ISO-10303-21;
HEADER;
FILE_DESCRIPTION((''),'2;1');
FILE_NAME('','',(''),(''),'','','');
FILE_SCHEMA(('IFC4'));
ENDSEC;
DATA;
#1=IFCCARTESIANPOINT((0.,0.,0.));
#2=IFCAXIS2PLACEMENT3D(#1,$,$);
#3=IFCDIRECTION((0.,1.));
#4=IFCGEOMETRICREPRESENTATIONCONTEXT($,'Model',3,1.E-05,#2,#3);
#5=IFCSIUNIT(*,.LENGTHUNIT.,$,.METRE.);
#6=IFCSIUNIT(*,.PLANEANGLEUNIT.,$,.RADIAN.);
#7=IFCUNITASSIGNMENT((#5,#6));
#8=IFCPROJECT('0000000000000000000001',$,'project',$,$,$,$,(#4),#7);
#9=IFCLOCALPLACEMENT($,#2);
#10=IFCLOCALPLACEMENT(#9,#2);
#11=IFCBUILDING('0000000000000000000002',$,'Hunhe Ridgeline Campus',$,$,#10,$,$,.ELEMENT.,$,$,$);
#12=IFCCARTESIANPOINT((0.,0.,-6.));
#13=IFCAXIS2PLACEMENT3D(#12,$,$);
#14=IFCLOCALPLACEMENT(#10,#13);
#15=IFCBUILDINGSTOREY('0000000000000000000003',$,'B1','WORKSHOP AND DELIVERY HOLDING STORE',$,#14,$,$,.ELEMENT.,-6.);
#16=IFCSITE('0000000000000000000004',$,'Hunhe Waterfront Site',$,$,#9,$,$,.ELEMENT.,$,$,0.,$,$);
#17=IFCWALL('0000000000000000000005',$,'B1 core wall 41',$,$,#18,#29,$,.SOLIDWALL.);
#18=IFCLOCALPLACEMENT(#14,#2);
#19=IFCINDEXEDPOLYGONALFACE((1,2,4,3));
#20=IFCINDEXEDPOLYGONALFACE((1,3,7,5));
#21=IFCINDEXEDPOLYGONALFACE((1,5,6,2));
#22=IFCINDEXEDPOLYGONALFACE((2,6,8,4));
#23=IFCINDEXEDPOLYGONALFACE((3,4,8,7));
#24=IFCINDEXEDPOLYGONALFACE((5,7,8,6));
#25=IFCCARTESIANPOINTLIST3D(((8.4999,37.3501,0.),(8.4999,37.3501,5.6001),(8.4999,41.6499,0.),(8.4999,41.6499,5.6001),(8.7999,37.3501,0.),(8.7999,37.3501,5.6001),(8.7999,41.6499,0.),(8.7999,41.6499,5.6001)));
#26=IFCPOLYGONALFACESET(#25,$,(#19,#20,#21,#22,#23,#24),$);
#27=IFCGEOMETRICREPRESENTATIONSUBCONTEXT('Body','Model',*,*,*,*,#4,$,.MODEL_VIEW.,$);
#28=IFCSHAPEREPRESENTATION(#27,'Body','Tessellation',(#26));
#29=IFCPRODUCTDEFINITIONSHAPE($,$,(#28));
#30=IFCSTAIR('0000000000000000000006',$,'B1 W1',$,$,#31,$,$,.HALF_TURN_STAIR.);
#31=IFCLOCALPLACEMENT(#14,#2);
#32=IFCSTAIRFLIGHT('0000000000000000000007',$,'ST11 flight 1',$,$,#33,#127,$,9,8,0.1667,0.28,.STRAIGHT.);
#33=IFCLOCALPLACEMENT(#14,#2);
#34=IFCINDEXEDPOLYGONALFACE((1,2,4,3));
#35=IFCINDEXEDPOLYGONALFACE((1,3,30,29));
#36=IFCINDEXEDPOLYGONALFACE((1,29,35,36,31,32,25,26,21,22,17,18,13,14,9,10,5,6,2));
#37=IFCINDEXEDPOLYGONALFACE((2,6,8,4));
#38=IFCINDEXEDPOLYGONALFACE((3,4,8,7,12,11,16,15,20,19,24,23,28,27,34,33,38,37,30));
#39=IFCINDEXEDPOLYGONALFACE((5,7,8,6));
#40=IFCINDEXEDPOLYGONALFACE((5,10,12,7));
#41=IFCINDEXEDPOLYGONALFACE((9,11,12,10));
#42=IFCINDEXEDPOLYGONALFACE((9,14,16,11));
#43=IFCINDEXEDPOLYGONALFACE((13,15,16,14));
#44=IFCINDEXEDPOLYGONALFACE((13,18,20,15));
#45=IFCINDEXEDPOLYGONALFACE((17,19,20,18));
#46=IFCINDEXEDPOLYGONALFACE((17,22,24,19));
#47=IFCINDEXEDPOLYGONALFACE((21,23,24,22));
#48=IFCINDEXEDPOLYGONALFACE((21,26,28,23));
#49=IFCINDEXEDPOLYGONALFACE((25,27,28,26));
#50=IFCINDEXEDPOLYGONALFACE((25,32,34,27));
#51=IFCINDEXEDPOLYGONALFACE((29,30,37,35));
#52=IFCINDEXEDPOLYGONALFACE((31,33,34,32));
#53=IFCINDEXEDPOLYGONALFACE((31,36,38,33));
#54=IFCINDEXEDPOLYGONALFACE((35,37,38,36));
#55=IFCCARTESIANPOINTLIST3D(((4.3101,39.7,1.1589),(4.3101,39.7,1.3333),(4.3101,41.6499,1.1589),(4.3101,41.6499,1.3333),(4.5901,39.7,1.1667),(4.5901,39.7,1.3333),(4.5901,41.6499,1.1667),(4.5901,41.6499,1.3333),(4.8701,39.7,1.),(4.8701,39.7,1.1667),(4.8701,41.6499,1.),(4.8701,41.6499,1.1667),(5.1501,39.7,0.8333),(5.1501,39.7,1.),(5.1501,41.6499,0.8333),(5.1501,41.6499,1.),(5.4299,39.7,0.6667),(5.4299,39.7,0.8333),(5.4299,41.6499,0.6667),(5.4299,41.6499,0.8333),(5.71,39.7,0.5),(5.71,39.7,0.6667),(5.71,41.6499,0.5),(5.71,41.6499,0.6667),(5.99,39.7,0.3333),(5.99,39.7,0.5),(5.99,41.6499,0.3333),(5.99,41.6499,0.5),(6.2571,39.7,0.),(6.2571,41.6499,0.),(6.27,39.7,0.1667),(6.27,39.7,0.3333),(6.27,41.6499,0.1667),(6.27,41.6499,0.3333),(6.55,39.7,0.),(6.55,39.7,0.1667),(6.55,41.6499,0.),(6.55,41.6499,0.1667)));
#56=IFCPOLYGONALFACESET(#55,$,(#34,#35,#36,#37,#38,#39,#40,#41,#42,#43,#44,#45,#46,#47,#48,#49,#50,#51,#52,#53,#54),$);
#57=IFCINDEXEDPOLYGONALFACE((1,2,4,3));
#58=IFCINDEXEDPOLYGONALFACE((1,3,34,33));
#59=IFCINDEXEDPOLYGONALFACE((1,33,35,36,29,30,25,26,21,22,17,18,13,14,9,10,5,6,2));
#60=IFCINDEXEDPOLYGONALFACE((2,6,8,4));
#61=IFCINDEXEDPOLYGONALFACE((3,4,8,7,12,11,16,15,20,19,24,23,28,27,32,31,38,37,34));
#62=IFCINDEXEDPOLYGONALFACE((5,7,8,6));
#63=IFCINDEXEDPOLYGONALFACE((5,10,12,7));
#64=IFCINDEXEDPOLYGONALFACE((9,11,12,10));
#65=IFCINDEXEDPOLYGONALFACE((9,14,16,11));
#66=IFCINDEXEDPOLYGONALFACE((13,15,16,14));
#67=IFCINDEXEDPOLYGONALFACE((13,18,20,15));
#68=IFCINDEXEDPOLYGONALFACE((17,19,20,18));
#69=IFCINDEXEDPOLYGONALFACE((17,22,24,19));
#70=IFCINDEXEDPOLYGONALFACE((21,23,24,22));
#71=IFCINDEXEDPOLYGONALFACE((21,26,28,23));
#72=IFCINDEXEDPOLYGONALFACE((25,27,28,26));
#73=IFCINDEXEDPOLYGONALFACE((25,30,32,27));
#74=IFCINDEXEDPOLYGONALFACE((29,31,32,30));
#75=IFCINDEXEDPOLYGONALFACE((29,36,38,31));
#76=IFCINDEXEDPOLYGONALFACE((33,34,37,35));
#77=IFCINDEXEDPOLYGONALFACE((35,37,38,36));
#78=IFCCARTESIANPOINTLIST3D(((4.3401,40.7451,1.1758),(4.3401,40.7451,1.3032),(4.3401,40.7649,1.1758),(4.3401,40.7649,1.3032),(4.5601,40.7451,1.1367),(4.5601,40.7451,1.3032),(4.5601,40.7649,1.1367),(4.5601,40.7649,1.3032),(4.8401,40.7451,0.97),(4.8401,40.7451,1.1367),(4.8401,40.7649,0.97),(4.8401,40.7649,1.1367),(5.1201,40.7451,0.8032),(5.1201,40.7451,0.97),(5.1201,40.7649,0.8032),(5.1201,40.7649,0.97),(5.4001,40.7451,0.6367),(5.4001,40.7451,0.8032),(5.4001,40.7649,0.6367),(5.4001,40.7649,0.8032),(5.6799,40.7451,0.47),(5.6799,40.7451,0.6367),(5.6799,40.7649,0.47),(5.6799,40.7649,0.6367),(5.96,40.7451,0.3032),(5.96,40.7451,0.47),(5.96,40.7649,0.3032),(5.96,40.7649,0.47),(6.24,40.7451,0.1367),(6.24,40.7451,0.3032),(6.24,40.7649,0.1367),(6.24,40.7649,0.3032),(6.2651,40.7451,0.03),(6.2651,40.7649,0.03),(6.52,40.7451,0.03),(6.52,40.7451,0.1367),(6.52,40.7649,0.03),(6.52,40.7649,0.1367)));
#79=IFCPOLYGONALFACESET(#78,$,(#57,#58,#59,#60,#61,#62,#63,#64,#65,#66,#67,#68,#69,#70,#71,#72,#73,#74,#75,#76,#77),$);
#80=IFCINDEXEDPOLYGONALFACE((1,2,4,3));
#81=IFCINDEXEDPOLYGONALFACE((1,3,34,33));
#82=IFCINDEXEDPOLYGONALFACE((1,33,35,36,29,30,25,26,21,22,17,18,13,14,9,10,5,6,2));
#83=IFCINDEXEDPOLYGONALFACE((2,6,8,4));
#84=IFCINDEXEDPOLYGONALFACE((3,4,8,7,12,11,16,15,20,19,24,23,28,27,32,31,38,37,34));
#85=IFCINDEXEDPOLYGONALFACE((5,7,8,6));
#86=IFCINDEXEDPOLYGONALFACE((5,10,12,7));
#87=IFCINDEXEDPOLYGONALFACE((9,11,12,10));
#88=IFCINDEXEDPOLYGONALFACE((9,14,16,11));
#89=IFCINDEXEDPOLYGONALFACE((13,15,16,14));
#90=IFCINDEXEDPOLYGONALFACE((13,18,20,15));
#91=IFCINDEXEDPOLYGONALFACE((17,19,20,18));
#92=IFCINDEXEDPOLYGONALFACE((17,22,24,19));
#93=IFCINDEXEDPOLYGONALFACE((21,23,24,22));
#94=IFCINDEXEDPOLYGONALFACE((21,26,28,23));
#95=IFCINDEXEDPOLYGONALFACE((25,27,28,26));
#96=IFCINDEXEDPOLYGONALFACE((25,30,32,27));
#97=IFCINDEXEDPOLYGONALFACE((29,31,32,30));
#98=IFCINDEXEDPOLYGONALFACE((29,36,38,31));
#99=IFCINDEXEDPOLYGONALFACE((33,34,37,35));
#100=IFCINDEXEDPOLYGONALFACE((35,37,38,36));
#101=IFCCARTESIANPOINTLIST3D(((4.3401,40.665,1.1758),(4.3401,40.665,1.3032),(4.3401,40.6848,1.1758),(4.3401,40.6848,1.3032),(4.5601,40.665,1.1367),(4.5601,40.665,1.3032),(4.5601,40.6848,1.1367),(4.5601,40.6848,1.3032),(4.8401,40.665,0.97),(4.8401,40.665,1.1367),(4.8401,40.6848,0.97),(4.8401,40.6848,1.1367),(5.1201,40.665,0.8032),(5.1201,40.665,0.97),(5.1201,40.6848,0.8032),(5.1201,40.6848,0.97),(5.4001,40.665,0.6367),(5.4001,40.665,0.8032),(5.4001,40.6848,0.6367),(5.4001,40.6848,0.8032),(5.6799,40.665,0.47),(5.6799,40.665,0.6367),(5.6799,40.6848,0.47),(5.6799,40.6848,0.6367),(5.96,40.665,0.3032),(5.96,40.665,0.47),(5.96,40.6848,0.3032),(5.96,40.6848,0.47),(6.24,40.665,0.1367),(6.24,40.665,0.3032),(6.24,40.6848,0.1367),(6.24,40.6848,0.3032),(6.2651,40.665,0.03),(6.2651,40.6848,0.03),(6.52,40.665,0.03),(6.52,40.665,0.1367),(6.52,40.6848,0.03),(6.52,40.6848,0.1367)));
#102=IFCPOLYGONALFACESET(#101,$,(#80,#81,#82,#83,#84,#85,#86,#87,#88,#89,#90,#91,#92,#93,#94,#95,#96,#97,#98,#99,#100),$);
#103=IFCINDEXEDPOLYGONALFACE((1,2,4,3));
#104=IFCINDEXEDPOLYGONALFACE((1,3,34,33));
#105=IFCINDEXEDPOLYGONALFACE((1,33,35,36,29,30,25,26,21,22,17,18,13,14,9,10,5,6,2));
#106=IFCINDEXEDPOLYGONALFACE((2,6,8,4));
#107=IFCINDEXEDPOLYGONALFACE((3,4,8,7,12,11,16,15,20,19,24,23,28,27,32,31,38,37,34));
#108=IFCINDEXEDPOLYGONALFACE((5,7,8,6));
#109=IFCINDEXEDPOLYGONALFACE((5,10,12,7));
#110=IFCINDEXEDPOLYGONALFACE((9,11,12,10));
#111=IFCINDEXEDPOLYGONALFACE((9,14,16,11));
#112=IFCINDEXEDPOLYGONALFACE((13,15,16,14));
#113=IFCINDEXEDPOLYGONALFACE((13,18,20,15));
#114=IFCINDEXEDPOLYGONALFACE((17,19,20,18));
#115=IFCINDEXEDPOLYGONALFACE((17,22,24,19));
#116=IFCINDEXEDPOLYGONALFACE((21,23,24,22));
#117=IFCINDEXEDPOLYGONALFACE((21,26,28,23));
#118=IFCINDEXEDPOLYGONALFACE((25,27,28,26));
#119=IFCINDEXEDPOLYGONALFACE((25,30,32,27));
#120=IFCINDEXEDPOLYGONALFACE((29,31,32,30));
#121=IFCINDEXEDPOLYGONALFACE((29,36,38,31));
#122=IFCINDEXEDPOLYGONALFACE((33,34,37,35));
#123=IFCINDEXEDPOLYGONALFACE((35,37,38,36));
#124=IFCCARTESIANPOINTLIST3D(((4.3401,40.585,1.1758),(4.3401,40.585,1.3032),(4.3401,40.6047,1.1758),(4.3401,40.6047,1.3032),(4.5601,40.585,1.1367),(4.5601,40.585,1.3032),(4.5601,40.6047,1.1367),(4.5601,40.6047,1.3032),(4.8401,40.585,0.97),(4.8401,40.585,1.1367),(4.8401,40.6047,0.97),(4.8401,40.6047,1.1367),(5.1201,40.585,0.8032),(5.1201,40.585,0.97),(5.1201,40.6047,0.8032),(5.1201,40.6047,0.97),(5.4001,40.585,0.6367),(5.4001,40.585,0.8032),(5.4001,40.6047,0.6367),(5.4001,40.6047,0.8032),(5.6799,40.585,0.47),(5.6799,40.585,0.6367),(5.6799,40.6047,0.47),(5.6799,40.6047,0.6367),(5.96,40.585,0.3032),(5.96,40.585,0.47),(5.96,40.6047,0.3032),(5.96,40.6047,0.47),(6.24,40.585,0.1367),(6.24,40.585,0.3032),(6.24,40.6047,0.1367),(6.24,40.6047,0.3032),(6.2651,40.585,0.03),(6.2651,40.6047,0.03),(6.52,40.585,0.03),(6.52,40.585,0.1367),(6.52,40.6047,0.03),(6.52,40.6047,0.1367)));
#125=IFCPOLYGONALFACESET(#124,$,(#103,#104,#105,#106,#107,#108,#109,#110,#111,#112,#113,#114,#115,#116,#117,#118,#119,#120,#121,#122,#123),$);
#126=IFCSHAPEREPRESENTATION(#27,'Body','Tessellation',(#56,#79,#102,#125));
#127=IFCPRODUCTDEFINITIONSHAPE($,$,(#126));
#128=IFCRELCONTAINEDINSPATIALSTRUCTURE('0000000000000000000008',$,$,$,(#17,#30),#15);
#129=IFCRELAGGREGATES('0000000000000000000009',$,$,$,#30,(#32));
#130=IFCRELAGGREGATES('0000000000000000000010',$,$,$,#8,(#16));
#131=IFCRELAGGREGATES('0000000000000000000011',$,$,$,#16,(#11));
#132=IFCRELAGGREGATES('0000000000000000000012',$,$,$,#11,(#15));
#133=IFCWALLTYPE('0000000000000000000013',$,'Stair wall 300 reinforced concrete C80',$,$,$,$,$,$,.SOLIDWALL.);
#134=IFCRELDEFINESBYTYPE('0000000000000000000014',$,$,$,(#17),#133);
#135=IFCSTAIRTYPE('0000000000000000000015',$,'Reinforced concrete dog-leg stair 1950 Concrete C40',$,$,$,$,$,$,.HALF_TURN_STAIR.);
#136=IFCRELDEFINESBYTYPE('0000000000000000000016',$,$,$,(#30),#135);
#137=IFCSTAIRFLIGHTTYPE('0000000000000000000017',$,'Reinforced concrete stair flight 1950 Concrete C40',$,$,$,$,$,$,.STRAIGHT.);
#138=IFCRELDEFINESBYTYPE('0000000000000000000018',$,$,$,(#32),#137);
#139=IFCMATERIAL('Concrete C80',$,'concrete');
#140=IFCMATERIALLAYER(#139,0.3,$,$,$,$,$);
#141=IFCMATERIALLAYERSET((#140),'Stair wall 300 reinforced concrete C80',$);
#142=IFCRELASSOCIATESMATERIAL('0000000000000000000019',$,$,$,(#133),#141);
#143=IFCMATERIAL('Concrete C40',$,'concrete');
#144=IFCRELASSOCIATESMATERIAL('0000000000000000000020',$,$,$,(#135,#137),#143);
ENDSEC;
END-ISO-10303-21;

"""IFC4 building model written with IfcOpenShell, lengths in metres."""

from ifc_helpers import new_model, si_unit, direction, frame, frame_2d, origin, place, context, subcontext, project, spatial, polyline, rectangle, outline, extrude, material, layer, layer_set, type_object, element, aggregate, save


model = new_model("IFC4")

# Units and contexts
model_context = context("Model", 3, precision=1e-05, world=origin(), true_north=direction((0.0, 1.0)))
body_context = subcontext(model_context, "Body", "Model", "MODEL_VIEW")
ifc_project = project(units=[si_unit("LENGTHUNIT", "METRE"), si_unit("PLANEANGLEUNIT", "RADIAN")], contexts=[model_context])

# Site, building, storey
site_placement = place(None, origin())
site = spatial("IfcSite", under=ifc_project, at=site_placement, Name="Hunhe Waterfront Site", CompositionType="ELEMENT", RefElevation=0.0)
building_placement = place(site_placement, origin())
building = spatial("IfcBuilding", under=site, at=building_placement, Name="Hunhe Ridgeline Campus", CompositionType="ELEMENT")
storey_placement = place(building_placement, frame((0.0, 0.0, -6.0)))
storey = spatial("IfcBuildingStorey", under=building, at=storey_placement, Name="B1", Description="WORKSHOP AND DELIVERY HOLDING STORE", CompositionType="ELEMENT", Elevation=-6.0)

# Shared definitions
ifc_material_1 = material(Name="Concrete C80", Category="concrete")

# Shared definitions
ifc_layer_1 = layer(ifc_material_1, 0.3)
ifc_layer_set_1 = layer_set([ifc_layer_1], Name="Stair wall 300 reinforced concrete C80")
wall_type_1 = type_object("IfcWallType", Name="Stair wall 300 reinforced concrete C80", PredefinedType="SOLIDWALL", material=ifc_layer_set_1)

# Wall
wall_1_placement = place(storey_placement, frame((8.6499, 37.3501, 0.0), z_axis=(0.0, 0.0, 1.0), x_axis=(0.0, 1.0, 0.0)))
element("IfcWall", 1, at=wall_1_placement, inside=storey, type_object=wall_type_1, Name="B1 core wall 41", PredefinedType="SOLIDWALL", context=body_context, shape_type="SweptSolid", body=[
    extrude(rectangle(XDim=4.2998, YDim=0.3, at=frame_2d((2.1499, 0.0))), origin(), (0.0, 0.0, 1.0), 5.6001),
])

# Stair, stair flight
ifc_material_2 = material(Name="Concrete C40", Category="concrete")
stair_type = type_object("IfcStairType", Name="Reinforced concrete dog-leg stair 1950 Concrete C40", PredefinedType="HALF_TURN_STAIR", material=ifc_material_2)
stair_placement = place(storey_placement, origin())
stair = element("IfcStair", 2, at=stair_placement, inside=storey, type_object=stair_type, Name="B1 W1", PredefinedType="HALF_TURN_STAIR")
stair_flight_type = type_object("IfcStairFlightType", Name="Reinforced concrete stair flight 1950 Concrete C40", PredefinedType="STRAIGHT", material=ifc_material_2)
stair_flight_1_placement = place(storey_placement, frame((6.55, 40.675, 0.0), z_axis=(0.0, 0.0, 1.0), x_axis=(-1.0, 0.0, 0.0)))
stair_flight_1 = element("IfcStairFlight", 3, at=stair_flight_1_placement, type_object=stair_flight_type, Name="ST11 flight 1", NumberOfRisers=9, NumberOfTreads=8, PredefinedType="STRAIGHT", RiserHeight=0.1667, TreadLength=0.28, context=body_context, shape_type="SweptSolid", body=[
    extrude(outline(polyline([(0.0, 0.0), (0.0, 0.1667), (0.28, 0.1667), (0.28, 0.3333), (0.5601, 0.3333), (0.5601, 0.5), (0.8401, 0.5), (0.8401, 0.6667), (1.1201, 0.6667), (1.1201, 0.8333), (1.3999, 0.8333), (1.3999, 1.0), (1.6799, 1.0), (1.6799, 1.1667), (1.96, 1.1667), (1.96, 1.3333), (2.24, 1.3333), (2.24, 1.5), (2.24, 1.1589), (0.293, 0.0), (0.0, 0.0)])), frame((0.0, 0.9751, 0.0), z_axis=(0.0, -1.0, 0.0), x_axis=(1.0, 0.0, 0.0)), (0.0, 0.0, 1.0), 1.95),
    extrude(outline(polyline([(0.03, 0.03), (0.03, 0.1367), (0.3101, 0.1367), (0.3101, 0.3032), (0.5901, 0.3032), (0.5901, 0.47), (0.8701, 0.47), (0.8701, 0.6367), (1.1499, 0.6367), (1.1499, 0.8032), (1.4299, 0.8032), (1.4299, 0.97), (1.71, 0.97), (1.71, 1.1367), (1.99, 1.1367), (1.99, 1.3032), (2.21, 1.3032), (2.21, 1.1758), (0.2849, 0.03), (0.03, 0.03)])), frame((0.0, -0.0701, 0.0), z_axis=(0.0, -1.0, 0.0), x_axis=(1.0, 0.0, 0.0)), (0.0, 0.0, 1.0), 0.0198),
    extrude(outline(polyline([(0.03, 0.03), (0.03, 0.1367), (0.3101, 0.1367), (0.3101, 0.3032), (0.5901, 0.3032), (0.5901, 0.47), (0.8701, 0.47), (0.8701, 0.6367), (1.1499, 0.6367), (1.1499, 0.8032), (1.4299, 0.8032), (1.4299, 0.97), (1.71, 0.97), (1.71, 1.1367), (1.99, 1.1367), (1.99, 1.3032), (2.21, 1.3032), (2.21, 1.1758), (0.2849, 0.03), (0.03, 0.03)])), frame((0.0, 0.01, 0.0), z_axis=(0.0, -1.0, 0.0), x_axis=(1.0, 0.0, 0.0)), (0.0, 0.0, 1.0), 0.0198),
    extrude(outline(polyline([(0.03, 0.03), (0.03, 0.1367), (0.3101, 0.1367), (0.3101, 0.3032), (0.5901, 0.3032), (0.5901, 0.47), (0.8701, 0.47), (0.8701, 0.6367), (1.1499, 0.6367), (1.1499, 0.8032), (1.4299, 0.8032), (1.4299, 0.97), (1.71, 0.97), (1.71, 1.1367), (1.99, 1.1367), (1.99, 1.3032), (2.21, 1.3032), (2.21, 1.1758), (0.2849, 0.03), (0.03, 0.03)])), frame((0.0, 0.0901, 0.0), z_axis=(0.0, -1.0, 0.0), x_axis=(1.0, 0.0, 0.0)), (0.0, 0.0, 1.0), 0.0198),
])
aggregate(stair, [stair_flight_1])

save(model, "model.ifc")
